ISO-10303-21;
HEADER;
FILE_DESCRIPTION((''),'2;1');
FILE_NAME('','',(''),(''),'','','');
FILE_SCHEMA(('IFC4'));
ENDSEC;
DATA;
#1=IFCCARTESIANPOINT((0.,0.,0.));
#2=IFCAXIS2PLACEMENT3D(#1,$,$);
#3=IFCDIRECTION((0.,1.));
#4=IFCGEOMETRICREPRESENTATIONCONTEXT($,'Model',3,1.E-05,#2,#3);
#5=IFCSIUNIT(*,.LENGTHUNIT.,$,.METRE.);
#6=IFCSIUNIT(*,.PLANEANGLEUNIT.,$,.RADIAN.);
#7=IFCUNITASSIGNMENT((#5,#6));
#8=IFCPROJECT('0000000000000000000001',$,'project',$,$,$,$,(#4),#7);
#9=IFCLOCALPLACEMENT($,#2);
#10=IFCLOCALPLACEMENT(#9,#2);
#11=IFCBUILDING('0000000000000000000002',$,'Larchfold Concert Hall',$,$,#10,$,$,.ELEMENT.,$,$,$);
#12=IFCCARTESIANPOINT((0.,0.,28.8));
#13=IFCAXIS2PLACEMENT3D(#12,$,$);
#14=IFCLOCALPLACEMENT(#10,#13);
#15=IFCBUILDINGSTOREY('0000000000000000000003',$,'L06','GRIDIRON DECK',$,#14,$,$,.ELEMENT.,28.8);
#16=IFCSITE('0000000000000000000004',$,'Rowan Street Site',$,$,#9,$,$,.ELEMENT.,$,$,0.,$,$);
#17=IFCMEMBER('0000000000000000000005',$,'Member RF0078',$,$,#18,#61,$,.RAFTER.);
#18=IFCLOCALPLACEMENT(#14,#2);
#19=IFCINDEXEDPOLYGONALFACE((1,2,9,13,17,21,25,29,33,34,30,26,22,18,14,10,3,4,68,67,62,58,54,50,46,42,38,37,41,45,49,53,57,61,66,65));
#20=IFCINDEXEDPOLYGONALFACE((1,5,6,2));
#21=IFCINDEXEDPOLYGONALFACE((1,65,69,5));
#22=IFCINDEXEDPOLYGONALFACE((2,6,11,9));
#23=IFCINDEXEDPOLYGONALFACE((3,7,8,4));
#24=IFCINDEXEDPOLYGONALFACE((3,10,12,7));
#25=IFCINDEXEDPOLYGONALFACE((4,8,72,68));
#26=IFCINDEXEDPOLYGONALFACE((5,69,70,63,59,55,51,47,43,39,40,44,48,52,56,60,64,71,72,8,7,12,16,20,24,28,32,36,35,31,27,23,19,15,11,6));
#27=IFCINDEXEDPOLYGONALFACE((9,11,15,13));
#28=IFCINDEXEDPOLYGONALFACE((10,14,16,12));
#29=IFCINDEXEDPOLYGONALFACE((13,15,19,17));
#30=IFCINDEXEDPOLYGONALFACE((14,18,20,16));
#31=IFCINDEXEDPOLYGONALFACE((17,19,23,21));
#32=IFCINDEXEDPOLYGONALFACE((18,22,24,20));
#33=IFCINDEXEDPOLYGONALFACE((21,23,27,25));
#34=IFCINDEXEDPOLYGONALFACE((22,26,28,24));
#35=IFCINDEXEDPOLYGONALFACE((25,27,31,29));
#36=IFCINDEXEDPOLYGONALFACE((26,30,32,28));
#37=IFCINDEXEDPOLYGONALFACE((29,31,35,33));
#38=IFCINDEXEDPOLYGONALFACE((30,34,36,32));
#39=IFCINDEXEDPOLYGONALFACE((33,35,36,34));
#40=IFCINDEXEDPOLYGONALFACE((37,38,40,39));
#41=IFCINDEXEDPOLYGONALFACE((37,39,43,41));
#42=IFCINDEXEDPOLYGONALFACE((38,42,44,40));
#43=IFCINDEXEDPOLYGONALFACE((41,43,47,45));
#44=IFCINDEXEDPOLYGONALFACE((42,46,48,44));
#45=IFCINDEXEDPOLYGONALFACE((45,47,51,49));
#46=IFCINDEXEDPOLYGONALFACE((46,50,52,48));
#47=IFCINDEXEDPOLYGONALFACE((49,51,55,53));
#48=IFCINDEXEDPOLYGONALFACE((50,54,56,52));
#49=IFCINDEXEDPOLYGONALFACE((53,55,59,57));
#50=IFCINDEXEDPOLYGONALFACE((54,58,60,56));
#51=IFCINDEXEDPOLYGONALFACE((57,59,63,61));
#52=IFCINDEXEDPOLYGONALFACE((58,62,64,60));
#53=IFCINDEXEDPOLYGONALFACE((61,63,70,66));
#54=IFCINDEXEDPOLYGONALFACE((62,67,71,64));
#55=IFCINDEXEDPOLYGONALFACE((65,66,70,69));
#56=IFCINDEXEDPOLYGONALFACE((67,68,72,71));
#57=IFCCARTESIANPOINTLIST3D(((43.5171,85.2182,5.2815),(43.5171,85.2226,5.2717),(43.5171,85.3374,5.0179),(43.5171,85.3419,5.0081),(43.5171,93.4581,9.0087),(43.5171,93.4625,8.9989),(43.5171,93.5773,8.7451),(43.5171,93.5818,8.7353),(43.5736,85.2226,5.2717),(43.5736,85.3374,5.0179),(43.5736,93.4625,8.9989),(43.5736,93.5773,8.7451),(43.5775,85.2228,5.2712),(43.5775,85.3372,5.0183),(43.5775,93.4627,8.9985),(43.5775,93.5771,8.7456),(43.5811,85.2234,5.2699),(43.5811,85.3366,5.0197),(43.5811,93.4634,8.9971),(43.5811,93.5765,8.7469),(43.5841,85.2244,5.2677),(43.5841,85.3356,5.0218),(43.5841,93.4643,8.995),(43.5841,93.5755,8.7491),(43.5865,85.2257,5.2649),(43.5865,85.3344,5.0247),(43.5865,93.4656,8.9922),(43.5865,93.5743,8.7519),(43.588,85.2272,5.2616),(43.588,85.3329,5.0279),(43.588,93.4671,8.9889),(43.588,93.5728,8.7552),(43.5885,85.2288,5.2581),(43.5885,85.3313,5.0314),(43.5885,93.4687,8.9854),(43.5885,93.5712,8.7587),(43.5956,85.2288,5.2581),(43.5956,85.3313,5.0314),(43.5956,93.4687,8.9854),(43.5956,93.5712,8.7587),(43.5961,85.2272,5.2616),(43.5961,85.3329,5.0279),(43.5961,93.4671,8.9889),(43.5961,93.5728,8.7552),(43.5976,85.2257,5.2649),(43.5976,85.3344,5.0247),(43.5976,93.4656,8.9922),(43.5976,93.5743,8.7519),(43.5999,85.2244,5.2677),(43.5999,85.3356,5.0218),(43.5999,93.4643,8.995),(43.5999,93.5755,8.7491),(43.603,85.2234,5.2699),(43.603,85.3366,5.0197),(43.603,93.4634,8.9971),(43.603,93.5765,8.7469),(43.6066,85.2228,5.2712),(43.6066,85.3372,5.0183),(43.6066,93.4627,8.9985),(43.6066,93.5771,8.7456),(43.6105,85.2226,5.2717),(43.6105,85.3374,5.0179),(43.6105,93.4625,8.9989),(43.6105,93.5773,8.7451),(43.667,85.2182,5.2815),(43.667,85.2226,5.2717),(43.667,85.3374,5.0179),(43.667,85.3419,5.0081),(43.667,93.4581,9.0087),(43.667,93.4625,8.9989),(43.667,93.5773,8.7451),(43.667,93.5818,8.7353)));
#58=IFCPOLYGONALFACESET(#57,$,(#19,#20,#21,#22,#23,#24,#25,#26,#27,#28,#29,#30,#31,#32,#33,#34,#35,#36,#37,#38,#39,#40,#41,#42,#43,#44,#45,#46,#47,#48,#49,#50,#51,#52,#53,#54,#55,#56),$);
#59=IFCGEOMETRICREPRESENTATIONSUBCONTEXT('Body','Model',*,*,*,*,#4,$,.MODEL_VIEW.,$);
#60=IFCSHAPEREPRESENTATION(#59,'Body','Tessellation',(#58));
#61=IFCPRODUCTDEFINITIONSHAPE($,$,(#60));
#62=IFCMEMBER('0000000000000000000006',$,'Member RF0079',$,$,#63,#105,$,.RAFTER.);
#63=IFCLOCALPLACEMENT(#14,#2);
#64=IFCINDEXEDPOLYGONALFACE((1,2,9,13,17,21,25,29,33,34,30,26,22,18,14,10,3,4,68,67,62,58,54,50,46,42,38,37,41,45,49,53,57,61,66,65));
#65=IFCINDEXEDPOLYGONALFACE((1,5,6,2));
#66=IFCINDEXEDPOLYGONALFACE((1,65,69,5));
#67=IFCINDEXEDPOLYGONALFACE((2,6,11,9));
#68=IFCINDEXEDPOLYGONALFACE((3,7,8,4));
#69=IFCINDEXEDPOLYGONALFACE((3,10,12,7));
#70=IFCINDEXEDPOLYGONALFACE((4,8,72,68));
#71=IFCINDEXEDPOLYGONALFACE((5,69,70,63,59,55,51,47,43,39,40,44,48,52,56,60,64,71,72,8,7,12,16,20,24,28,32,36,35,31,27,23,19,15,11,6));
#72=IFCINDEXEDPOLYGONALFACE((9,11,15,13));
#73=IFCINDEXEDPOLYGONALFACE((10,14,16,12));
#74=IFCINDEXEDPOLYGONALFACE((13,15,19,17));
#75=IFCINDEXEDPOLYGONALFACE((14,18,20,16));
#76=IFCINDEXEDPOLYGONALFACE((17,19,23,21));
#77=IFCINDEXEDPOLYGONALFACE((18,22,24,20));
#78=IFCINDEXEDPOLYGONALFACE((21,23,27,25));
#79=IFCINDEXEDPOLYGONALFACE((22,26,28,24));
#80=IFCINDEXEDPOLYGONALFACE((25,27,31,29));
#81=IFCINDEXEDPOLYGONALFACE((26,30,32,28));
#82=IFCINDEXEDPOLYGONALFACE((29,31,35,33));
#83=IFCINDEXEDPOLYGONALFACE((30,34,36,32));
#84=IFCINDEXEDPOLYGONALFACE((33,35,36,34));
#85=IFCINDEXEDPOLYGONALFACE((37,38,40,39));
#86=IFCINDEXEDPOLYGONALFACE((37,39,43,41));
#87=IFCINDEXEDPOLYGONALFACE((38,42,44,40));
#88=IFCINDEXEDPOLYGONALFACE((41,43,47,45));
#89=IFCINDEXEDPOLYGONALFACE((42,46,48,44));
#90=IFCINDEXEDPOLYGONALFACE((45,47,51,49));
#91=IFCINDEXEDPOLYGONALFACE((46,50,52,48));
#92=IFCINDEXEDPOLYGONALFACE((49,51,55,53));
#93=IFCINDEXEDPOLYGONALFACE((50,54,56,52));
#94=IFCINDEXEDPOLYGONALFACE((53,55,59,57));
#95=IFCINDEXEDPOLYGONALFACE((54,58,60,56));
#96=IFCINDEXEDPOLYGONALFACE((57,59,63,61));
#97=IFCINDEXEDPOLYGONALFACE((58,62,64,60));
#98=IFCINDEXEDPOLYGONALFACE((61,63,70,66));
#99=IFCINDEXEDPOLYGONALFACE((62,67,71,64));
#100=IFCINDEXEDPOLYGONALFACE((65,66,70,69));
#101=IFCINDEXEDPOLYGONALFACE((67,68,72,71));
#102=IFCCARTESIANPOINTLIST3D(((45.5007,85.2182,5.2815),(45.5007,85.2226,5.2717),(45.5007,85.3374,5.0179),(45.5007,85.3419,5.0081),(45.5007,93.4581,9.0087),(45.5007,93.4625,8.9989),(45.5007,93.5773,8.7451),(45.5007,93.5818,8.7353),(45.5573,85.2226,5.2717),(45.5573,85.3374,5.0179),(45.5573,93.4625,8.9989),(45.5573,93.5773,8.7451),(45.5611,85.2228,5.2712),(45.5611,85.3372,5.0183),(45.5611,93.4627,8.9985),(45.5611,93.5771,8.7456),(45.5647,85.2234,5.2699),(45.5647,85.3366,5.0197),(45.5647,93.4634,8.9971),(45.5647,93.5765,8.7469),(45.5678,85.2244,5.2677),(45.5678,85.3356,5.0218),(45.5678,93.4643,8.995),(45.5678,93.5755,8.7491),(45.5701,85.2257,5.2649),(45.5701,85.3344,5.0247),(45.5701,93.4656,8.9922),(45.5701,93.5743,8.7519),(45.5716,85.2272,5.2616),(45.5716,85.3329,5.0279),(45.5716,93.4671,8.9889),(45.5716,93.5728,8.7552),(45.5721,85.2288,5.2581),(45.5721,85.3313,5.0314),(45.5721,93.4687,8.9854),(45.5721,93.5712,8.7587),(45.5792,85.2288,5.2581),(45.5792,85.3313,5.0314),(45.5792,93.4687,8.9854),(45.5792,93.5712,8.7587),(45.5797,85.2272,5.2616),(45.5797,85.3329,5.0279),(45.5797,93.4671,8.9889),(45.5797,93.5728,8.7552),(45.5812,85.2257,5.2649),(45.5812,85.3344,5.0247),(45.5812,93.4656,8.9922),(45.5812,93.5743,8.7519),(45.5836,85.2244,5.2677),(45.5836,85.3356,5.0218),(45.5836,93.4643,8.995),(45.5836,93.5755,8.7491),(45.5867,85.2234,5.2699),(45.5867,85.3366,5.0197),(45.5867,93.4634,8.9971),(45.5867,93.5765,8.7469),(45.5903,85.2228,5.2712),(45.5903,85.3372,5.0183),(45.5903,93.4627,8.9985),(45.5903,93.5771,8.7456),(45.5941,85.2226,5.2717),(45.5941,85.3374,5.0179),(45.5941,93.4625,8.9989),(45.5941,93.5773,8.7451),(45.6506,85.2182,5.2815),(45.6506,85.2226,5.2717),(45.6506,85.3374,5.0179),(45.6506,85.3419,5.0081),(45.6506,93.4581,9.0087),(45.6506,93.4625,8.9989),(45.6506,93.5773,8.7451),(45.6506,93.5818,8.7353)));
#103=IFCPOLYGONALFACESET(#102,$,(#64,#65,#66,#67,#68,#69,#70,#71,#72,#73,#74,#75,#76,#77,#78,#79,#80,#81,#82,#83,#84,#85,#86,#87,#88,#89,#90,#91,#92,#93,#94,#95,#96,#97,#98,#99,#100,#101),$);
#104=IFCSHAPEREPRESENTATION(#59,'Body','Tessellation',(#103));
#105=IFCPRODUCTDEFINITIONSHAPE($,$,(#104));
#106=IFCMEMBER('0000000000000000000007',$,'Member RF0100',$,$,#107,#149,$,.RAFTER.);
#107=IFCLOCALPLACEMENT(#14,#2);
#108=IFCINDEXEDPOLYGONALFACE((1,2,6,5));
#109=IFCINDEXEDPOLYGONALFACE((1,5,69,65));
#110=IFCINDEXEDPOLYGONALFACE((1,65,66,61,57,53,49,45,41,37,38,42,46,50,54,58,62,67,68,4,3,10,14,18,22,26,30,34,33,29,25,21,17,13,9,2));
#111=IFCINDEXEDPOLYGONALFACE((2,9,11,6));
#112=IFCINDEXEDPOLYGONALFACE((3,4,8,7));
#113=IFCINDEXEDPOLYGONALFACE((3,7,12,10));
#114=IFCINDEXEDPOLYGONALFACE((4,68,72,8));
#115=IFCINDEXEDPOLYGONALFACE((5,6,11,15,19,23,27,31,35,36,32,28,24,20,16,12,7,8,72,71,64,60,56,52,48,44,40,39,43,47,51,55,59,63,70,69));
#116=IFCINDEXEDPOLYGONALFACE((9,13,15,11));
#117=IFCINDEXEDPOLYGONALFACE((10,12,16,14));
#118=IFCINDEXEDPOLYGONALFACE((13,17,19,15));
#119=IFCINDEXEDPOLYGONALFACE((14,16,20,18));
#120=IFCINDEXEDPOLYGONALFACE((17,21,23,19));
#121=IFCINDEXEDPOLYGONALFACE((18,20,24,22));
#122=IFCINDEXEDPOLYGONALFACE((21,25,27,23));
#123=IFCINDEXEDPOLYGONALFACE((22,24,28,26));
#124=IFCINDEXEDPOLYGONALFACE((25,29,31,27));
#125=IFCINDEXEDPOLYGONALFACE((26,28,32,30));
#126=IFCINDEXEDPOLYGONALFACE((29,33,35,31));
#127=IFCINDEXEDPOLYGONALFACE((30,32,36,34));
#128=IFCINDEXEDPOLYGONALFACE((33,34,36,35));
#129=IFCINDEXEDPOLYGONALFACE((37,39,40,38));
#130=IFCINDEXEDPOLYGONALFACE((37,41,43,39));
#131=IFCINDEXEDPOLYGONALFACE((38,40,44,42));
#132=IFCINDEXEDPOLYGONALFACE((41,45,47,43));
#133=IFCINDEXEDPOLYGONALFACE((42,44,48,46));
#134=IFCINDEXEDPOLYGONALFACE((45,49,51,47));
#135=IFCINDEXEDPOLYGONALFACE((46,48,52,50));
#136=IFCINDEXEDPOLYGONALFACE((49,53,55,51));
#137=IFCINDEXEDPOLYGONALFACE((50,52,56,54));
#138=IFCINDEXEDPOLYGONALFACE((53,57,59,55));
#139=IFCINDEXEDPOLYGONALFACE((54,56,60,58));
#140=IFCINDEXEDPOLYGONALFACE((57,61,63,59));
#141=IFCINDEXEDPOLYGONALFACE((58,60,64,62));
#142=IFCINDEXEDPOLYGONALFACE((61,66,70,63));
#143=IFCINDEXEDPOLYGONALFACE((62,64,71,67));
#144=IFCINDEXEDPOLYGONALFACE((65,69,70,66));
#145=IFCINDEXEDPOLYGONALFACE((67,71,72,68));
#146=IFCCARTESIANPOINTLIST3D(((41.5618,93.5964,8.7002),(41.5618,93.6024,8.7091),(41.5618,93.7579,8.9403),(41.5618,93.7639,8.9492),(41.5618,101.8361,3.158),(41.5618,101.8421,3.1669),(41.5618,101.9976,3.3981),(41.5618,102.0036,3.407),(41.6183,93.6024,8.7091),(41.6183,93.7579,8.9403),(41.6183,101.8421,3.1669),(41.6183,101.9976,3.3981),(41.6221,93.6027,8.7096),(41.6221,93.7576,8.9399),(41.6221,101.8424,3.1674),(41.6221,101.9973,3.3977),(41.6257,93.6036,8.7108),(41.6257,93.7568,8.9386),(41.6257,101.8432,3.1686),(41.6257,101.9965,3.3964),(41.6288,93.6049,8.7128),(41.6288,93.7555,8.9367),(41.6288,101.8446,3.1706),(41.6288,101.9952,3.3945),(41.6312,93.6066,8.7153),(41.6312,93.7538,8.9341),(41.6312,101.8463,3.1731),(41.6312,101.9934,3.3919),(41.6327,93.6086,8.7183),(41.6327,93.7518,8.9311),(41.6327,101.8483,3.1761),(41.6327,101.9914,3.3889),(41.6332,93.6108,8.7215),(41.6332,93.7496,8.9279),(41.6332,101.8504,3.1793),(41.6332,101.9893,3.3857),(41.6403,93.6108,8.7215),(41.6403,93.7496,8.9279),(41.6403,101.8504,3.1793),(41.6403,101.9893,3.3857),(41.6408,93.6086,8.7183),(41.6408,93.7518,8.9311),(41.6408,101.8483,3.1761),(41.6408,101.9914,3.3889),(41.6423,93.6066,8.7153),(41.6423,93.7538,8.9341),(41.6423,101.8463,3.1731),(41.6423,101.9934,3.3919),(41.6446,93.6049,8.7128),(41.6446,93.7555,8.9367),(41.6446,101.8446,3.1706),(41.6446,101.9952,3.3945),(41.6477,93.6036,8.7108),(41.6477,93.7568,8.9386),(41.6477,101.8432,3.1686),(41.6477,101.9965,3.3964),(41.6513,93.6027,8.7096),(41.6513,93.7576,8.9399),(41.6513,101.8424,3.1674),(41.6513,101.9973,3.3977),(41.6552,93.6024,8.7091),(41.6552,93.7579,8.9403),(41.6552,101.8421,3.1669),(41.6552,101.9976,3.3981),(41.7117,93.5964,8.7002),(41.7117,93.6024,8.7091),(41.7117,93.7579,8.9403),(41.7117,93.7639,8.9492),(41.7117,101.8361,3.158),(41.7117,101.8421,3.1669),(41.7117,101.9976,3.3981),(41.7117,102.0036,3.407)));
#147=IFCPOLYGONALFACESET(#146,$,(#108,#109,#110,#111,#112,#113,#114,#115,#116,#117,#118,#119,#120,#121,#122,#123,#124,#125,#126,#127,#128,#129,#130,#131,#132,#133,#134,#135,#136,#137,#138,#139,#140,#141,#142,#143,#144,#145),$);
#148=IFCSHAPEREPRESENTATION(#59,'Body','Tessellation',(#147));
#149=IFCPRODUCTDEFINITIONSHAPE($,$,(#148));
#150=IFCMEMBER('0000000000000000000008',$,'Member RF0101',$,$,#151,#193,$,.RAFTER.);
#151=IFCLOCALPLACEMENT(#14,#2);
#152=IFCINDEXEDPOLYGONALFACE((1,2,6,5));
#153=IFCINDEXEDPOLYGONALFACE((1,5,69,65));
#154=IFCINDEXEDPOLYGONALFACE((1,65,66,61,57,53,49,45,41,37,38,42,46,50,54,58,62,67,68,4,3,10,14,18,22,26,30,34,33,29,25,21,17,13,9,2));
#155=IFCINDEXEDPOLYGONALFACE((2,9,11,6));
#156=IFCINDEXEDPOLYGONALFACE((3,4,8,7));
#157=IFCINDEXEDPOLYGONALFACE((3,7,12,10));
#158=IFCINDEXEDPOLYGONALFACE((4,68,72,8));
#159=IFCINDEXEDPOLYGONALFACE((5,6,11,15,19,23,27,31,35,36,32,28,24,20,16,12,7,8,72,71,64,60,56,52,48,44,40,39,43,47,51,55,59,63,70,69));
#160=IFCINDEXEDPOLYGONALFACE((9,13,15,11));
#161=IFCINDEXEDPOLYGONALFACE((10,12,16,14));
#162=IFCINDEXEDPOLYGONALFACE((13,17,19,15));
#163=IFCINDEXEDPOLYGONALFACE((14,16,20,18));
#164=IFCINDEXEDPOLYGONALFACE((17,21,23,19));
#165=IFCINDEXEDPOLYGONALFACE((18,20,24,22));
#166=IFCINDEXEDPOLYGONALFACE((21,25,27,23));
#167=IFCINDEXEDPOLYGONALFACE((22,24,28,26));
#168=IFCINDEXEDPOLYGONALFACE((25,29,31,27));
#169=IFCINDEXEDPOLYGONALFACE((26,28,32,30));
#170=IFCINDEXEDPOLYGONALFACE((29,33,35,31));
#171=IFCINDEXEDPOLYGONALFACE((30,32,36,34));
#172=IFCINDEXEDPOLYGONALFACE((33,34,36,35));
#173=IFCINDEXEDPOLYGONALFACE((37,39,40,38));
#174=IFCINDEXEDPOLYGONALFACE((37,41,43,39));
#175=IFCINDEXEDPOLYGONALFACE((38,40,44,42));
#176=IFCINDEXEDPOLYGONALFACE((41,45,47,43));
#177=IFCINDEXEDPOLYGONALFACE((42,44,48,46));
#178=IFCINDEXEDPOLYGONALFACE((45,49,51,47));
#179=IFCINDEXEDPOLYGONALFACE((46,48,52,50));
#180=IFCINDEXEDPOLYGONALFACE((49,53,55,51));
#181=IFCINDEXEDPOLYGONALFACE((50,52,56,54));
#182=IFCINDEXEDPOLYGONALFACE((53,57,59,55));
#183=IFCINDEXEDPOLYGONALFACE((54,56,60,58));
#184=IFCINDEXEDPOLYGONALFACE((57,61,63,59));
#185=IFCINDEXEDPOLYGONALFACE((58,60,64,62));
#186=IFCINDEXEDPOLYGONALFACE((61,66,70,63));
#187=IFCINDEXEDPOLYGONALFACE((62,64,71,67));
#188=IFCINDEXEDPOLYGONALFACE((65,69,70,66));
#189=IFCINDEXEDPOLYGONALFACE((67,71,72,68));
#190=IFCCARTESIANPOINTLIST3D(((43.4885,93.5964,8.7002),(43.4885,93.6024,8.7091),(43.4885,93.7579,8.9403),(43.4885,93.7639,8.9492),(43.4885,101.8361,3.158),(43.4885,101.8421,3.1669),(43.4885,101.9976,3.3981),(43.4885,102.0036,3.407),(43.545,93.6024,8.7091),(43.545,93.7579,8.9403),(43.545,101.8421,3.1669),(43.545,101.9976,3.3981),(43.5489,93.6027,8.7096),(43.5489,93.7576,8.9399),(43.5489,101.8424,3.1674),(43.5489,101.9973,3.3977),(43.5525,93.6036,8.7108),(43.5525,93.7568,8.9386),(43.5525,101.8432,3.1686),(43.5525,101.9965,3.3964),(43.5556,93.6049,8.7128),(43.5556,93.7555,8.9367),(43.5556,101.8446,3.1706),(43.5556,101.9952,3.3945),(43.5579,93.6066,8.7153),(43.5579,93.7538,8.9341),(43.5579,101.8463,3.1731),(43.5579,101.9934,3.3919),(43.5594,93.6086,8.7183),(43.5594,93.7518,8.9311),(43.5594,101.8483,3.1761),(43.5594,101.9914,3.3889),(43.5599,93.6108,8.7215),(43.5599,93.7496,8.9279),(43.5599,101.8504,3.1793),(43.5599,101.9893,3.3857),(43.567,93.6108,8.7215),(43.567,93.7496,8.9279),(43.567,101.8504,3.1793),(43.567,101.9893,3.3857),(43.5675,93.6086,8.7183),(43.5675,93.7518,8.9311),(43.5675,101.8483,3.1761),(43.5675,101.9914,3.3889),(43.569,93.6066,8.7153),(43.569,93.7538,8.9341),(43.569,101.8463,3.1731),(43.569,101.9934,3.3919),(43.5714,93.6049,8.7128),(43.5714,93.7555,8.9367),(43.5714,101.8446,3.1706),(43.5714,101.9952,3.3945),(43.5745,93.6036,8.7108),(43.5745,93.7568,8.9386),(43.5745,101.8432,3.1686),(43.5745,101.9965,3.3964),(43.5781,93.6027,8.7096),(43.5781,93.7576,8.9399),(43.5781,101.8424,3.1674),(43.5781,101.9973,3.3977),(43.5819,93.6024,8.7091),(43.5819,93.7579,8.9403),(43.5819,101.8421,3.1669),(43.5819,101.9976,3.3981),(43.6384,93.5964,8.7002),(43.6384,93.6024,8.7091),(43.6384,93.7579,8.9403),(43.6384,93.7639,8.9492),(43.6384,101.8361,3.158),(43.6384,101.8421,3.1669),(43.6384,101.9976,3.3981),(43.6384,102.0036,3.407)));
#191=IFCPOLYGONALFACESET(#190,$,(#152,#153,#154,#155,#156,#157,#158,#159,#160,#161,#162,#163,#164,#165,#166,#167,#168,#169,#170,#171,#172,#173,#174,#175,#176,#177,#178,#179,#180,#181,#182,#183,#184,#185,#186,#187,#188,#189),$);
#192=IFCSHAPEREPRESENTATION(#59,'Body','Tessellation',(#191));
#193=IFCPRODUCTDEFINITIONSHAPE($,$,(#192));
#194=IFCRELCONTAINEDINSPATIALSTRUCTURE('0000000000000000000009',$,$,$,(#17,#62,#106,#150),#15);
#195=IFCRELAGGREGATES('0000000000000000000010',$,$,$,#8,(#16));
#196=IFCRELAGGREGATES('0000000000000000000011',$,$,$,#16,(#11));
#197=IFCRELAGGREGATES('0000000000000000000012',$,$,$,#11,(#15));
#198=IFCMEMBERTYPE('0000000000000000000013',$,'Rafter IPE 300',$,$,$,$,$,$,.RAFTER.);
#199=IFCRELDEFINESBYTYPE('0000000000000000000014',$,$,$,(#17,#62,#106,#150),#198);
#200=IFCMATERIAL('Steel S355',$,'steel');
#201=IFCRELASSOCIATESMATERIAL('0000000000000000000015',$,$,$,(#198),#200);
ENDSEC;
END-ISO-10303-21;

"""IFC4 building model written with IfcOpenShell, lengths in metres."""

from ifc_helpers import new_model, si_unit, direction, frame, origin, origin_2d, place, context, subcontext, project, spatial, i_section, extrude, material, material_profile, profile_set, type_object, element, save


model = new_model("IFC4")

# Units and contexts
model_context = context("Model", 3, precision=1e-05, world=origin(), true_north=direction((0.0, 1.0)))
body_context = subcontext(model_context, "Body", "Model", "MODEL_VIEW")
ifc_project = project(units=[si_unit("LENGTHUNIT", "METRE"), si_unit("PLANEANGLEUNIT", "RADIAN")], contexts=[model_context])

# Site, building, storey
site_placement = place(None, origin())
site = spatial("IfcSite", under=ifc_project, at=site_placement, Name="Rowan Street Site", CompositionType="ELEMENT", RefElevation=0.0)
building_placement = place(site_placement, origin())
building = spatial("IfcBuilding", under=site, at=building_placement, Name="Larchfold Concert Hall", CompositionType="ELEMENT")
storey_placement = place(building_placement, frame((0.0, 0.0, 28.8)))
storey = spatial("IfcBuildingStorey", under=building, at=storey_placement, Name="L06", Description="GRIDIRON DECK", CompositionType="ELEMENT", Elevation=28.8)

# Members
ifc_material_1 = material(Name="Steel S355", Category="steel")
ifc_material_profile_1 = material_profile(ifc_material_1, i_section(OverallWidth=0.1499, OverallDepth=0.3, WebThickness=0.0071, FlangeThickness=0.0107, FilletRadius=0.0149, at=origin_2d()))
ifc_profile_set_1 = profile_set([ifc_material_profile_1], Name="Steel S355")
member_type_1 = type_object("IfcMemberType", Name="Rafter IPE 300", PredefinedType="RAFTER", material=ifc_profile_set_1)
for number, where, z_axis, x_axis, name in (
    (1, (43.592, 85.28, 5.1448), (0.0, 0.911121, 0.412139), (-1.0, 0.0, 0.0), "Member RF0078"),
    (2, (45.5757, 85.28, 5.1448), (0.0, 0.911121, 0.412139), (-1.0, 0.0, 0.0), "Member RF0079"),
):
    element("IfcMember", number, at=place(storey_placement, frame(where, z_axis=z_axis, x_axis=x_axis)), inside=storey, type_object=member_type_1, Name=name, PredefinedType="RAFTER", context=body_context, shape_type="SweptSolid", body=[
        extrude(i_section(OverallWidth=0.1499, OverallDepth=0.3, WebThickness=0.0071, FlangeThickness=0.0107, FilletRadius=0.0149, at=origin_2d()), origin(), (0.0, 0.0, 1.0), 9.0437),
    ])
for number, where, z_axis, x_axis, name in (
    (3, (41.6367, 93.6802, 8.8247), (0.0, 0.829762, -0.558117), (-1.0, 0.0, 0.0), "Member RF0100"),
    (4, (43.5635, 93.6802, 8.8247), (0.0, 0.829762, -0.558117), (-1.0, 0.0, 0.0), "Member RF0101"),
):
    element("IfcMember", number, at=place(storey_placement, frame(where, z_axis=z_axis, x_axis=x_axis)), inside=storey, type_object=member_type_1, Name=name, PredefinedType="RAFTER", context=body_context, shape_type="SweptSolid", body=[
        extrude(i_section(OverallWidth=0.1499, OverallDepth=0.3, WebThickness=0.0071, FlangeThickness=0.0107, FilletRadius=0.0149, at=origin_2d()), origin(), (0.0, 0.0, 1.0), 9.9302),
    ])

save(model, "model.ifc")
